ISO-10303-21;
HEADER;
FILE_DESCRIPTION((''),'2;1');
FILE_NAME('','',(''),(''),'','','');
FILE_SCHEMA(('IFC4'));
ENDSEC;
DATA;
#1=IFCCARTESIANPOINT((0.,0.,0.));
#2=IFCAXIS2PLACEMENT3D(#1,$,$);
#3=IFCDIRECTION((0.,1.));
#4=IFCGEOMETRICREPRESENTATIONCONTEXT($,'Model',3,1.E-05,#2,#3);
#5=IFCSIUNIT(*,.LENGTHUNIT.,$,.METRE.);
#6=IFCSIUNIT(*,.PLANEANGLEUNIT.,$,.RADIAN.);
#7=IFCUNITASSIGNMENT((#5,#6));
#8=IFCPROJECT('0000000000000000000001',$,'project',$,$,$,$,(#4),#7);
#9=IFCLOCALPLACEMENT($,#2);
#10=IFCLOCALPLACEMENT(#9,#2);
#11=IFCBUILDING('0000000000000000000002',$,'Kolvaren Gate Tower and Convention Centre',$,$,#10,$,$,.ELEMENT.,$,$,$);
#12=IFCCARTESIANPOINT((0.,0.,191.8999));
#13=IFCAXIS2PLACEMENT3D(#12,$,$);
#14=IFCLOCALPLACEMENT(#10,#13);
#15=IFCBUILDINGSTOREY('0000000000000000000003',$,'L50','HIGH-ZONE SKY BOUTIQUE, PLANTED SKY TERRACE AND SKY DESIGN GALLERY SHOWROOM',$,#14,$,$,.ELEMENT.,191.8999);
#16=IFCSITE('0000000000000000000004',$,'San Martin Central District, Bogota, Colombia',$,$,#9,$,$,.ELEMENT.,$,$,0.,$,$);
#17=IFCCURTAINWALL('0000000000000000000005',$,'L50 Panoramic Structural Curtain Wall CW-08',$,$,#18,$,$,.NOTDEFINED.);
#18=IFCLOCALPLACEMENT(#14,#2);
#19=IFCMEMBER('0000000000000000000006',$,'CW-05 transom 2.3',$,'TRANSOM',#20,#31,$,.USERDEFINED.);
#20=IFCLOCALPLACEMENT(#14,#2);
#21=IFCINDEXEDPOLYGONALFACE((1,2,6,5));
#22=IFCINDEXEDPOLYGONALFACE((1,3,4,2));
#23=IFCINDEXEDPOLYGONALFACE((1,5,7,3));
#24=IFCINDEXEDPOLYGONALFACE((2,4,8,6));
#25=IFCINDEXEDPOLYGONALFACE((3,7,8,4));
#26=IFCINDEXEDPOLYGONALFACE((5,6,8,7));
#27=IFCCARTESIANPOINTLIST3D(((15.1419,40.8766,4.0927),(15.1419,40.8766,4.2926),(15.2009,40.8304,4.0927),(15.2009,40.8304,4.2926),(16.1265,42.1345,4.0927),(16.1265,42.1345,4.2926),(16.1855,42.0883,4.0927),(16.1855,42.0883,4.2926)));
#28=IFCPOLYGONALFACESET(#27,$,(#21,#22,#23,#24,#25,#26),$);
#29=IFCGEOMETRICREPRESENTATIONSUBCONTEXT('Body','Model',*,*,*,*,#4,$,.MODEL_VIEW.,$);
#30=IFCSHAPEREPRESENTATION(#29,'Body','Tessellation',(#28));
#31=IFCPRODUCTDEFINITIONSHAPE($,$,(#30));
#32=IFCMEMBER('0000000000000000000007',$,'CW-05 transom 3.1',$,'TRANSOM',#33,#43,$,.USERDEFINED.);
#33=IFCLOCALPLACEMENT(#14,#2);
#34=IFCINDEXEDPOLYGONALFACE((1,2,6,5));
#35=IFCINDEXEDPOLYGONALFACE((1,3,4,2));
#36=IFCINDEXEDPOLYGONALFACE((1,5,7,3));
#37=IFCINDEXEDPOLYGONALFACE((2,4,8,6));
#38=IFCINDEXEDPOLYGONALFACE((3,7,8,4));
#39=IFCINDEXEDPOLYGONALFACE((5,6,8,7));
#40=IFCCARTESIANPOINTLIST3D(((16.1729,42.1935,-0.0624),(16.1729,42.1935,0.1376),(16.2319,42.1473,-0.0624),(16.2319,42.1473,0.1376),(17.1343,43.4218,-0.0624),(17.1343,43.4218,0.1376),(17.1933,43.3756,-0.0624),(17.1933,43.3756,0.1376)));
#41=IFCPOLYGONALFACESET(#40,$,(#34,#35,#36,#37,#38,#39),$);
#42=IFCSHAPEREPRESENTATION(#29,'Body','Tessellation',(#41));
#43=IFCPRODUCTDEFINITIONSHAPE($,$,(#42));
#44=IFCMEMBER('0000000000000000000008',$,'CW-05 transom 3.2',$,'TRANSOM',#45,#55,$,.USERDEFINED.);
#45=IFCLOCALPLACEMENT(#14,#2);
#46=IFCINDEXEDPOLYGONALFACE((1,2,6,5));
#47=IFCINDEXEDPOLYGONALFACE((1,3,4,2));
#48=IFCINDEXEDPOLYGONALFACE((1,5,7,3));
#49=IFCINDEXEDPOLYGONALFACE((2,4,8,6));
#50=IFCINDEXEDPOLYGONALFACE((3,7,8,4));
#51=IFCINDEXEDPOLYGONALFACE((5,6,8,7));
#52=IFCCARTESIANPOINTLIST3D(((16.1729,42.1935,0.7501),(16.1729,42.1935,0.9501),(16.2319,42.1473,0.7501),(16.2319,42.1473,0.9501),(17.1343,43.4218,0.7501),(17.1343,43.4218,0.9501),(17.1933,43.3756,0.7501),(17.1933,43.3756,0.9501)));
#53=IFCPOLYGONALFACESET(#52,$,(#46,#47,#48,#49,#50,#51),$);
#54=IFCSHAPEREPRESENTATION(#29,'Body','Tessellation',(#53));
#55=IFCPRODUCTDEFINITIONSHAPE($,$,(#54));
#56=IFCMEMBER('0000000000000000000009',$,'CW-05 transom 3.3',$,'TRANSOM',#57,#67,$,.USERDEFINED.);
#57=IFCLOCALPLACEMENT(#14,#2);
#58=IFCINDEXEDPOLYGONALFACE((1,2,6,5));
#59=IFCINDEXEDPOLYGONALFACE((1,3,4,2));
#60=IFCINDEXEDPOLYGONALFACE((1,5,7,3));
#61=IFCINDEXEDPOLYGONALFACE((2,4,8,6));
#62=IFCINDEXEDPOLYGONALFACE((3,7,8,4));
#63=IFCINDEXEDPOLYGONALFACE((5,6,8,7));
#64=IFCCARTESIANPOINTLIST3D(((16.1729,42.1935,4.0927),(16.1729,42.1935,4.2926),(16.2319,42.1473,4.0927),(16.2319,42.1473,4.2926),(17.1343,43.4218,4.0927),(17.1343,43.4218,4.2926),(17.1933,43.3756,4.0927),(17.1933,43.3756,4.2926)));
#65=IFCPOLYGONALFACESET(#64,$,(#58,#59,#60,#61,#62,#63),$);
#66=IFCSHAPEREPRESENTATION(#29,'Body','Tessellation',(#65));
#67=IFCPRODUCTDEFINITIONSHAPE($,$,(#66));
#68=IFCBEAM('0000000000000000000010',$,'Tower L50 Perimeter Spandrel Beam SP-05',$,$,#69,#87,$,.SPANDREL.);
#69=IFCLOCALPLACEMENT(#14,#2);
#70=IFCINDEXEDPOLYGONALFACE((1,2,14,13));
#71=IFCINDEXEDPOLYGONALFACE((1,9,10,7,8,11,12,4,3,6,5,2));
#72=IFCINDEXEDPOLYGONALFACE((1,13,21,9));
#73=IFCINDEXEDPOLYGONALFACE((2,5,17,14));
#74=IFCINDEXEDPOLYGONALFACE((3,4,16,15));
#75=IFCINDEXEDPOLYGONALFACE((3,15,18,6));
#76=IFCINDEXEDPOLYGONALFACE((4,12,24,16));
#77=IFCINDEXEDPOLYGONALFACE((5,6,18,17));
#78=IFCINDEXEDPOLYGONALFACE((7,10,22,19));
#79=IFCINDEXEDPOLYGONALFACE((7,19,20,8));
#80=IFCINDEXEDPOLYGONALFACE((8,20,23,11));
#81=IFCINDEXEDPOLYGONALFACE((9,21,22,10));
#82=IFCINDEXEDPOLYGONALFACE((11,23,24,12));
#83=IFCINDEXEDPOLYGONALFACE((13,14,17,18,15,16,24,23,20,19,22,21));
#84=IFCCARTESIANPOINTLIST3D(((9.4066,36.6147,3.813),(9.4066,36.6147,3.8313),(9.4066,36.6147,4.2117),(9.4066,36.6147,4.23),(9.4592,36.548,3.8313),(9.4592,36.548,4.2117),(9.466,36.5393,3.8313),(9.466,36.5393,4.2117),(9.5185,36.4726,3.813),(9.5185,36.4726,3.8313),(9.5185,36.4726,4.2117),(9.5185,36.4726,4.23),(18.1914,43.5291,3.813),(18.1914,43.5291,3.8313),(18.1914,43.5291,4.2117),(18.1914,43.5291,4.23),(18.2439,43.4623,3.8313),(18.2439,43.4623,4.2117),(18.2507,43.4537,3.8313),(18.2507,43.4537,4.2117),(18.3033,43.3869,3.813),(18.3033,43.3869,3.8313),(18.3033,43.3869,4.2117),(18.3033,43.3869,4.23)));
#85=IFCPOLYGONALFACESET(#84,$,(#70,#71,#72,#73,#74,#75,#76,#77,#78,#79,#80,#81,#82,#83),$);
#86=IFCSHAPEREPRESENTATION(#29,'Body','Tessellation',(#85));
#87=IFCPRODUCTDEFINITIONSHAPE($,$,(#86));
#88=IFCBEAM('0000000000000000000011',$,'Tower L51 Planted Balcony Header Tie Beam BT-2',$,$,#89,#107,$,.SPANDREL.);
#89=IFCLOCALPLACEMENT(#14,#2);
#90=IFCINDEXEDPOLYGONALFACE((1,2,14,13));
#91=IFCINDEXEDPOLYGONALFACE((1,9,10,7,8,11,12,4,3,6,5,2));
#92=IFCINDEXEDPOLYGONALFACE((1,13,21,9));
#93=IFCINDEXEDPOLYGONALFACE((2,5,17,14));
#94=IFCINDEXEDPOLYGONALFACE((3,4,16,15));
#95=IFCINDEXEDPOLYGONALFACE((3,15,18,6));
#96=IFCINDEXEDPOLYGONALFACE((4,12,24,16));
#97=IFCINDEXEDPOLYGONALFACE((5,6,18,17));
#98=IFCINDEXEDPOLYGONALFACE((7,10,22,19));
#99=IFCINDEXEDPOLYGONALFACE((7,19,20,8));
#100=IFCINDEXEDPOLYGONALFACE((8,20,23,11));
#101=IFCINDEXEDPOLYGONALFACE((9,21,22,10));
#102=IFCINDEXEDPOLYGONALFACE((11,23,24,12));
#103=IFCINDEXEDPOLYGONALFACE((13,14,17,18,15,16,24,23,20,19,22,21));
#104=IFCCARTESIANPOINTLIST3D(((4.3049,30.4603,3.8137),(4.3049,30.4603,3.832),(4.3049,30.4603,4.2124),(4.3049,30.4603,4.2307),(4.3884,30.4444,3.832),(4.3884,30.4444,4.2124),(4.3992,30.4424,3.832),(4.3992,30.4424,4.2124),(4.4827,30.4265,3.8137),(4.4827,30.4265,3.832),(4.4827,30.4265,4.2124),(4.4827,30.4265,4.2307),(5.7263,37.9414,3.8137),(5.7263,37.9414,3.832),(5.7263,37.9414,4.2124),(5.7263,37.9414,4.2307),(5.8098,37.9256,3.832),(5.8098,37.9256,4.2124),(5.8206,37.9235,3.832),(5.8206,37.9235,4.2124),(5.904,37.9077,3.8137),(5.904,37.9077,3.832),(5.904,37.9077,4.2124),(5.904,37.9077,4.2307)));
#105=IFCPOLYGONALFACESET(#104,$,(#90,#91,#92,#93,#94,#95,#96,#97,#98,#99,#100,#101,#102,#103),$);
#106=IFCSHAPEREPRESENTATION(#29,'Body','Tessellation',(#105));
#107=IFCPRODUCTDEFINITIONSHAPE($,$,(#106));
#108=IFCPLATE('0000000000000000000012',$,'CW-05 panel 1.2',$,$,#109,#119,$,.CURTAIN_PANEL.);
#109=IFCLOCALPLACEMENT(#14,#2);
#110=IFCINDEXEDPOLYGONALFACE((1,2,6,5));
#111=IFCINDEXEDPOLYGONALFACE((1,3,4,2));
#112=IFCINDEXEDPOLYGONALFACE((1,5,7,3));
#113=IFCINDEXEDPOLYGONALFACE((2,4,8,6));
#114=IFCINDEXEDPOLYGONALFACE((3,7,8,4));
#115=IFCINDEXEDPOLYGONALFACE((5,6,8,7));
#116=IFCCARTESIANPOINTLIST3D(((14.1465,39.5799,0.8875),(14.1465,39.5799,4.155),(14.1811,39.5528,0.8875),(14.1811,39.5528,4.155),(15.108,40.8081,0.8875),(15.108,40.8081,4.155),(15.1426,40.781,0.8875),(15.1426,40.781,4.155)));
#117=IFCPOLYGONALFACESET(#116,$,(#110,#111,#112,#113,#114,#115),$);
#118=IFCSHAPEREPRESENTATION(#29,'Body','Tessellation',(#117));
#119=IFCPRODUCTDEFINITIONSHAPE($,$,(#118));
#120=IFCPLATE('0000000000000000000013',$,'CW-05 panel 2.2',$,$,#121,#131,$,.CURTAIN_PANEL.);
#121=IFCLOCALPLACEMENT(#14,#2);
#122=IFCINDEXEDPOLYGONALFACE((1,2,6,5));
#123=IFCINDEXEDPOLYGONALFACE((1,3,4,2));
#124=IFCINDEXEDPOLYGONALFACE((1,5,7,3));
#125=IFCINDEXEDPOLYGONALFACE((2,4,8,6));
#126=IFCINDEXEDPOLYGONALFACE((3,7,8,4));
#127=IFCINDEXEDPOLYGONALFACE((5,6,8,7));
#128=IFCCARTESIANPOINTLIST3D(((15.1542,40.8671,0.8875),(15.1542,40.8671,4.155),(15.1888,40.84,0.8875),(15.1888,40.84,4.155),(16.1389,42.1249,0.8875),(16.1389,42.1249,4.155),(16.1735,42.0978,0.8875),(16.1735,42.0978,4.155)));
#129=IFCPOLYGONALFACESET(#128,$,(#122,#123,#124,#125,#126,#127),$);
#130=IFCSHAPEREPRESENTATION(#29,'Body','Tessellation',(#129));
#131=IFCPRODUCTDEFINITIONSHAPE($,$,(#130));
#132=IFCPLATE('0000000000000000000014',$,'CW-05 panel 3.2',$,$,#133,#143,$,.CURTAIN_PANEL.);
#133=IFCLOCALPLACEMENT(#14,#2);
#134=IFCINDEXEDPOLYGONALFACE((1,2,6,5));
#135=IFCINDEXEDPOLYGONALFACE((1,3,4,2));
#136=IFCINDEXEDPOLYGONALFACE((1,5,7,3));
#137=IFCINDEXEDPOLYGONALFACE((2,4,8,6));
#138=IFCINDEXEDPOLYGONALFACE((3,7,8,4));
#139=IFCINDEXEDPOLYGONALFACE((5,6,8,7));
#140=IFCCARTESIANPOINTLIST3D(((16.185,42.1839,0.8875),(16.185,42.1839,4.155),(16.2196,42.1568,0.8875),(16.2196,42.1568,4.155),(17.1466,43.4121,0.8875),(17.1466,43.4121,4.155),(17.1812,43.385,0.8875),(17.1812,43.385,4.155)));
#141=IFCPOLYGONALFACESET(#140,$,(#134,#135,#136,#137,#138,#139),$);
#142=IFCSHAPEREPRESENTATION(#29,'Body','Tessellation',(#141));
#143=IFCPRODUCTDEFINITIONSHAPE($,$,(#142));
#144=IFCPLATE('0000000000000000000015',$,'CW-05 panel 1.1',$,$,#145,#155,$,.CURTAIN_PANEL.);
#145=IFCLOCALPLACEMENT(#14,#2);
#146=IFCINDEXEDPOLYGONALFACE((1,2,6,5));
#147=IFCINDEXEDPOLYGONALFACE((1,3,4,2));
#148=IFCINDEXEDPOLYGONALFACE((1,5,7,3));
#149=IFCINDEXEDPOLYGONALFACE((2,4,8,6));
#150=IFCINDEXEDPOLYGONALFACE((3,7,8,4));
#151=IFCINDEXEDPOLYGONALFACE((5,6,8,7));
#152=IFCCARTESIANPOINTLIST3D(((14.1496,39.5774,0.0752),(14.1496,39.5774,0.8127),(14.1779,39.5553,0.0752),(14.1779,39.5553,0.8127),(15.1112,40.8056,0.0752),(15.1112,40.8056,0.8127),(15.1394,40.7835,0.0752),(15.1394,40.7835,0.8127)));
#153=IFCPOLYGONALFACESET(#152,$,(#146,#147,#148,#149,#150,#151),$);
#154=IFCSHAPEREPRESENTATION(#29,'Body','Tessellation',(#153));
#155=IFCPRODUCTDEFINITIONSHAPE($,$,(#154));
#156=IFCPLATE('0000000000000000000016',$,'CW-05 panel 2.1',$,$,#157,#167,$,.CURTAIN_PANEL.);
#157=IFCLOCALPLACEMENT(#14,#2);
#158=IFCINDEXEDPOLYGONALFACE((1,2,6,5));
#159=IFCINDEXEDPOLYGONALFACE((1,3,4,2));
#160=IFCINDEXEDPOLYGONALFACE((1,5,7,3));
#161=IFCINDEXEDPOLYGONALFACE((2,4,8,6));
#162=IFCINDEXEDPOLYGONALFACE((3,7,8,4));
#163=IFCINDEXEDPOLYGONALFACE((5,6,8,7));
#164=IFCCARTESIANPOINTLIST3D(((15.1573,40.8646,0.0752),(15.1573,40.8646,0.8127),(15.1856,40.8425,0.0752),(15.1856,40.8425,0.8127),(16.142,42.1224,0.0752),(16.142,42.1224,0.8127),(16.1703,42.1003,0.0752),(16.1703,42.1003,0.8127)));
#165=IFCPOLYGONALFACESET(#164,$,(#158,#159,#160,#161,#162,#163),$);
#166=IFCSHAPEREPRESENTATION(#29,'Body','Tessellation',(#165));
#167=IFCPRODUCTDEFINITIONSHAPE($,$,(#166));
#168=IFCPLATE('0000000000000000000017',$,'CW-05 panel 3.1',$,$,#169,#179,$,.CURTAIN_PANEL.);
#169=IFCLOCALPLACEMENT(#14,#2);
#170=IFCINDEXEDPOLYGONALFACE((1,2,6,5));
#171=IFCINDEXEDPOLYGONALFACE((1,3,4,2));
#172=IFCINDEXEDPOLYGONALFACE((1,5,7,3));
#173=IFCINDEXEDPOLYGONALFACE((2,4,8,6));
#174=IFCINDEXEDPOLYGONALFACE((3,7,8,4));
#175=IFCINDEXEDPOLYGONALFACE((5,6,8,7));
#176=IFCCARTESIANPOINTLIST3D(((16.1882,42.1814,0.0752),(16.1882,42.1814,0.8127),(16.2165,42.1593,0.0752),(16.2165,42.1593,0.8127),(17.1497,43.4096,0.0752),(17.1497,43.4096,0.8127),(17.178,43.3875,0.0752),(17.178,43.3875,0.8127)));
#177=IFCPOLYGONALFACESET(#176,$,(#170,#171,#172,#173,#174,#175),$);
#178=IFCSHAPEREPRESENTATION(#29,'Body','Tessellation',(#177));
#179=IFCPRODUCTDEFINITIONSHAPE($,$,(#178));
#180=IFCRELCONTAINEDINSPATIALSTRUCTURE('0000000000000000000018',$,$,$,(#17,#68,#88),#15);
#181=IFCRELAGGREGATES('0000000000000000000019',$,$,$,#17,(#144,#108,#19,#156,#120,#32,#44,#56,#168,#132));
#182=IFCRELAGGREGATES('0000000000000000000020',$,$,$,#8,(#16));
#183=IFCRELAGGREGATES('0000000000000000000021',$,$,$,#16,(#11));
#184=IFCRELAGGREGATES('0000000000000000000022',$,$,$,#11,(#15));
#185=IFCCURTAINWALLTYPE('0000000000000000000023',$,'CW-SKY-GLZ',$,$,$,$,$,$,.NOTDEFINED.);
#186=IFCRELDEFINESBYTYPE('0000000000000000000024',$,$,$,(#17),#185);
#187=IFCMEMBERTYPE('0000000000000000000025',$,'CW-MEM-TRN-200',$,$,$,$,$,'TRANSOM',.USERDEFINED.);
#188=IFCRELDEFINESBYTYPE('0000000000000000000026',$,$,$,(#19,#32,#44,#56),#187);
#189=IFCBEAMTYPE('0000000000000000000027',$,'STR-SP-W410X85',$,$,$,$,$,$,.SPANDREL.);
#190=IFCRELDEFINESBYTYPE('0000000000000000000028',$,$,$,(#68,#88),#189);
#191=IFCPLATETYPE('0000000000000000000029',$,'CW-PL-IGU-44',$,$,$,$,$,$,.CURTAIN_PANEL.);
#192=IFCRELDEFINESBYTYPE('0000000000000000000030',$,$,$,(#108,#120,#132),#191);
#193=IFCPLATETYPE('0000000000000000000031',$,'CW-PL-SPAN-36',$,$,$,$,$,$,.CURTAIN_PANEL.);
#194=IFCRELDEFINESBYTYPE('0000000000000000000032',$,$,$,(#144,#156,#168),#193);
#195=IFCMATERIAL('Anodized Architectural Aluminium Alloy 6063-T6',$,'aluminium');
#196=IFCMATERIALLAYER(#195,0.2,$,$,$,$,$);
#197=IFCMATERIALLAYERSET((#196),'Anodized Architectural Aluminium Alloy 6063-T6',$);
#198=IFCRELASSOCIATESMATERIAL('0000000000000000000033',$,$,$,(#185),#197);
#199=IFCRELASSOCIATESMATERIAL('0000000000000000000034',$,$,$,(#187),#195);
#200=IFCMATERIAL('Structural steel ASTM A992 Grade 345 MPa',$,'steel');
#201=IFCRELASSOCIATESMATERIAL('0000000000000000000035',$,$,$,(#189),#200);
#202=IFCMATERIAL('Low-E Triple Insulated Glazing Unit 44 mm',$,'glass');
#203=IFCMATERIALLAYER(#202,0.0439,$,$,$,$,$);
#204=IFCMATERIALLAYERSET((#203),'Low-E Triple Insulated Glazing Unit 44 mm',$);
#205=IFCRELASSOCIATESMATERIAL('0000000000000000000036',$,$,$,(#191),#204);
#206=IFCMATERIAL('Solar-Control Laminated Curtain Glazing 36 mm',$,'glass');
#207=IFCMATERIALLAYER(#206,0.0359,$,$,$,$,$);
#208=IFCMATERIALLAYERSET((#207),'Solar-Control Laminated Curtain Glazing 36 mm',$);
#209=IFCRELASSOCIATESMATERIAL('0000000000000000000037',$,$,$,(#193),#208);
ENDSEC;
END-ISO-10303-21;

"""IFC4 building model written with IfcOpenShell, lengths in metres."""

from ifc_helpers import new_model, si_unit, direction, frame, origin, origin_2d, place, context, subcontext, project, spatial, rectangle, i_section, extrude, material, layer, layer_set, material_profile, profile_set, type_object, element, aggregate, save


model = new_model("IFC4")

# Units and contexts
model_context = context("Model", 3, precision=1e-05, world=origin(), true_north=direction((0.0, 1.0)))
body_context = subcontext(model_context, "Body", "Model", "MODEL_VIEW")
ifc_project = project(units=[si_unit("LENGTHUNIT", "METRE"), si_unit("PLANEANGLEUNIT", "RADIAN")], contexts=[model_context])

# Site, building, storey
site_placement = place(None, origin())
site = spatial("IfcSite", under=ifc_project, at=site_placement, Name="San Martin Central District, Bogota, Colombia", CompositionType="ELEMENT", RefElevation=0.0)
building_placement = place(site_placement, origin())
building = spatial("IfcBuilding", under=site, at=building_placement, Name="Kolvaren Gate Tower and Convention Centre", CompositionType="ELEMENT")
storey_placement = place(building_placement, frame((0.0, 0.0, 191.8999)))
storey = spatial("IfcBuildingStorey", under=building, at=storey_placement, Name="L50", Description="HIGH-ZONE SKY BOUTIQUE, PLANTED SKY TERRACE AND SKY DESIGN GALLERY SHOWROOM", CompositionType="ELEMENT", Elevation=191.8999)

# Shared definitions
ifc_material_1 = material(Name="Anodized Architectural Aluminium Alloy 6063-T6", Category="aluminium")
ifc_layer_1 = layer(ifc_material_1, 0.2)
ifc_layer_set_1 = layer_set([ifc_layer_1], Name="Anodized Architectural Aluminium Alloy 6063-T6")
curtain_wall_type = type_object("IfcCurtainWallType", Name="CW-SKY-GLZ", PredefinedType="NOTDEFINED", material=ifc_layer_set_1)

# Curtain wall
curtain_wall_1_placement = place(storey_placement, origin())
curtain_wall_1 = element("IfcCurtainWall", 1, at=curtain_wall_1_placement, inside=storey, type_object=curtain_wall_type, Name="L50 Panoramic Structural Curtain Wall CW-08", PredefinedType="NOTDEFINED")

# Members
ifc_material_profile_1 = material_profile(ifc_material_1, rectangle(XDim=0.075, YDim=0.2, at=origin_2d()), Name="CW-MEM-TRN-200")
ifc_profile_set_1 = profile_set([ifc_material_profile_1], Name="Anodized Architectural Aluminium Alloy 6063-T6")
member_type_1 = type_object("IfcMemberType", Name="CW-MEM-TRN-200", ElementType="TRANSOM", PredefinedType="USERDEFINED", material=ifc_profile_set_1)
member_1_placement = place(storey_placement, frame((15.1714, 40.8535, 4.1926), z_axis=(0.616403, 0.787431, 0.0), x_axis=(-0.787431, 0.616403, 0.0)))
member_1 = element("IfcMember", 2, at=member_1_placement, type_object=member_type_1, Name="CW-05 transom 2.3", ObjectType="TRANSOM", PredefinedType="USERDEFINED", context=body_context, shape_type="SweptSolid", body=[
    extrude(rectangle(XDim=0.075, YDim=0.2, at=origin_2d()), origin(), (0.0, 0.0, 1.0), 1.5974),
])
member_2_placement = place(storey_placement, frame((16.2024, 42.1704, 0.0376), z_axis=(0.616376, 0.787452, 0.0), x_axis=(-0.787452, 0.616376, 0.0)))
member_2 = element("IfcMember", 3, at=member_2_placement, type_object=member_type_1, Name="CW-05 transom 3.1", ObjectType="TRANSOM", PredefinedType="USERDEFINED", context=body_context, shape_type="SweptSolid", body=[
    extrude(rectangle(XDim=0.075, YDim=0.2, at=origin_2d()), origin(), (0.0, 0.0, 1.0), 1.5598),
])
member_3_placement = place(storey_placement, frame((16.2024, 42.1704, 0.8501), z_axis=(0.616376, 0.787452, 0.0), x_axis=(-0.787452, 0.616376, 0.0)))
member_3 = element("IfcMember", 4, at=member_3_placement, type_object=member_type_1, Name="CW-05 transom 3.2", ObjectType="TRANSOM", PredefinedType="USERDEFINED", context=body_context, shape_type="SweptSolid", body=[
    extrude(rectangle(XDim=0.075, YDim=0.2, at=origin_2d()), origin(), (0.0, 0.0, 1.0), 1.5598),
])
member_4_placement = place(storey_placement, frame((16.2024, 42.1704, 4.1926), z_axis=(0.616376, 0.787452, 0.0), x_axis=(-0.787452, 0.616376, 0.0)))
member_4 = element("IfcMember", 5, at=member_4_placement, type_object=member_type_1, Name="CW-05 transom 3.3", ObjectType="TRANSOM", PredefinedType="USERDEFINED", context=body_context, shape_type="SweptSolid", body=[
    extrude(rectangle(XDim=0.075, YDim=0.2, at=origin_2d()), origin(), (0.0, 0.0, 1.0), 1.5598),
])

# Beams
ifc_material_2 = material(Name="Structural steel ASTM A992 Grade 345 MPa", Category="steel")
ifc_material_profile_2 = material_profile(ifc_material_2, i_section(OverallWidth=0.1809, OverallDepth=0.417, WebThickness=0.011, FlangeThickness=0.0183, at=origin_2d()), Name="W410X85")
ifc_profile_set_2 = profile_set([ifc_material_profile_2], Name="Structural steel ASTM A992 Grade 345 MPa")
beam_type = type_object("IfcBeamType", Name="STR-SP-W410X85", PredefinedType="SPANDREL", material=ifc_profile_set_2)
beam_1_placement = place(storey_placement, frame((18.2473, 43.458, 4.0215), z_axis=(-0.785794, -0.618489, 0.0), x_axis=(0.618489, -0.785794, 0.0)))
element("IfcBeam", 6, at=beam_1_placement, inside=storey, type_object=beam_type, Name="Tower L50 Perimeter Spandrel Beam SP-05", PredefinedType="SPANDREL", context=body_context, shape_type="SweptSolid", body=[
    extrude(i_section(OverallWidth=0.1809, OverallDepth=0.417, WebThickness=0.011, FlangeThickness=0.0183, at=origin_2d()), origin(), (0.0, 0.0, 1.0), 11.1794),
])
beam_2_placement = place(storey_placement, frame((5.8152, 37.9246, 4.0222), z_axis=(-0.186655, -0.982425, 0.0), x_axis=(0.982425, -0.186655, 0.0)))
element("IfcBeam", 7, at=beam_2_placement, inside=storey, type_object=beam_type, Name="Tower L51 Planted Balcony Header Tie Beam BT-2", PredefinedType="SPANDREL", context=body_context, shape_type="SweptSolid", body=[
    extrude(i_section(OverallWidth=0.1809, OverallDepth=0.417, WebThickness=0.011, FlangeThickness=0.0183, at=origin_2d()), origin(), (0.0, 0.0, 1.0), 7.615),
])

# Plates
ifc_material_3 = material(Name="Low-E Triple Insulated Glazing Unit 44 mm", Category="glass")
ifc_layer_2 = layer(ifc_material_3, 0.0439)
ifc_layer_set_2 = layer_set([ifc_layer_2], Name="Low-E Triple Insulated Glazing Unit 44 mm")
plate_type_1 = type_object("IfcPlateType", Name="CW-PL-IGU-44", PredefinedType="CURTAIN_PANEL", material=ifc_layer_set_2)
plate_1_placement = place(storey_placement, frame((14.6445, 40.1804, 0.8875), z_axis=(0.0, 0.0, 1.0), x_axis=(0.61643, 0.78741, 0.0)))
plate_1 = element("IfcPlate", 8, at=plate_1_placement, type_object=plate_type_1, Name="CW-05 panel 1.2", PredefinedType="CURTAIN_PANEL", context=body_context, shape_type="SweptSolid", body=[
    extrude(rectangle(XDim=1.5598, YDim=0.0439, at=origin_2d()), origin(), (0.0, 0.0, 1.0), 3.2676),
])
plate_2_placement = place(storey_placement, frame((15.6638, 41.4824, 0.8875), z_axis=(0.0, 0.0, 1.0), x_axis=(0.61643, 0.78741, 0.0)))
plate_2 = element("IfcPlate", 9, at=plate_2_placement, type_object=plate_type_1, Name="CW-05 panel 2.2", PredefinedType="CURTAIN_PANEL", context=body_context, shape_type="SweptSolid", body=[
    extrude(rectangle(XDim=1.5974, YDim=0.0439, at=origin_2d()), origin(), (0.0, 0.0, 1.0), 3.2676),
])
plate_3_placement = place(storey_placement, frame((16.6831, 42.7844, 0.8875), z_axis=(0.0, 0.0, 1.0), x_axis=(0.61643, 0.78741, 0.0)))
plate_3 = element("IfcPlate", 10, at=plate_3_placement, type_object=plate_type_1, Name="CW-05 panel 3.2", PredefinedType="CURTAIN_PANEL", context=body_context, shape_type="SweptSolid", body=[
    extrude(rectangle(XDim=1.5598, YDim=0.0439, at=origin_2d()), origin(), (0.0, 0.0, 1.0), 3.2676),
])
ifc_material_4 = material(Name="Solar-Control Laminated Curtain Glazing 36 mm", Category="glass")
ifc_layer_3 = layer(ifc_material_4, 0.0359)
ifc_layer_set_3 = layer_set([ifc_layer_3], Name="Solar-Control Laminated Curtain Glazing 36 mm")
plate_type_2 = type_object("IfcPlateType", Name="CW-PL-SPAN-36", PredefinedType="CURTAIN_PANEL", material=ifc_layer_set_3)
plate_4_placement = place(storey_placement, frame((14.6445, 40.1804, 0.0752), z_axis=(0.0, 0.0, 1.0), x_axis=(0.61643, 0.78741, 0.0)))
plate_4 = element("IfcPlate", 11, at=plate_4_placement, type_object=plate_type_2, Name="CW-05 panel 1.1", PredefinedType="CURTAIN_PANEL", context=body_context, shape_type="SweptSolid", body=[
    extrude(rectangle(XDim=1.5598, YDim=0.0359, at=origin_2d()), origin(), (0.0, 0.0, 1.0), 0.7375),
])
plate_5_placement = place(storey_placement, frame((15.6638, 41.4824, 0.0752), z_axis=(0.0, 0.0, 1.0), x_axis=(0.61643, 0.78741, 0.0)))
plate_5 = element("IfcPlate", 12, at=plate_5_placement, type_object=plate_type_2, Name="CW-05 panel 2.1", PredefinedType="CURTAIN_PANEL", context=body_context, shape_type="SweptSolid", body=[
    extrude(rectangle(XDim=1.5974, YDim=0.0359, at=origin_2d()), origin(), (0.0, 0.0, 1.0), 0.7375),
])
plate_6_placement = place(storey_placement, frame((16.6831, 42.7844, 0.0752), z_axis=(0.0, 0.0, 1.0), x_axis=(0.61643, 0.78741, 0.0)))
plate_6 = element("IfcPlate", 13, at=plate_6_placement, type_object=plate_type_2, Name="CW-05 panel 3.1", PredefinedType="CURTAIN_PANEL", context=body_context, shape_type="SweptSolid", body=[
    extrude(rectangle(XDim=1.5598, YDim=0.0359, at=origin_2d()), origin(), (0.0, 0.0, 1.0), 0.7375),
])
aggregate(curtain_wall_1, [plate_4, plate_1, member_1, plate_5, plate_2, member_2, member_3, member_4, plate_6, plate_3])

save(model, "model.ifc")
